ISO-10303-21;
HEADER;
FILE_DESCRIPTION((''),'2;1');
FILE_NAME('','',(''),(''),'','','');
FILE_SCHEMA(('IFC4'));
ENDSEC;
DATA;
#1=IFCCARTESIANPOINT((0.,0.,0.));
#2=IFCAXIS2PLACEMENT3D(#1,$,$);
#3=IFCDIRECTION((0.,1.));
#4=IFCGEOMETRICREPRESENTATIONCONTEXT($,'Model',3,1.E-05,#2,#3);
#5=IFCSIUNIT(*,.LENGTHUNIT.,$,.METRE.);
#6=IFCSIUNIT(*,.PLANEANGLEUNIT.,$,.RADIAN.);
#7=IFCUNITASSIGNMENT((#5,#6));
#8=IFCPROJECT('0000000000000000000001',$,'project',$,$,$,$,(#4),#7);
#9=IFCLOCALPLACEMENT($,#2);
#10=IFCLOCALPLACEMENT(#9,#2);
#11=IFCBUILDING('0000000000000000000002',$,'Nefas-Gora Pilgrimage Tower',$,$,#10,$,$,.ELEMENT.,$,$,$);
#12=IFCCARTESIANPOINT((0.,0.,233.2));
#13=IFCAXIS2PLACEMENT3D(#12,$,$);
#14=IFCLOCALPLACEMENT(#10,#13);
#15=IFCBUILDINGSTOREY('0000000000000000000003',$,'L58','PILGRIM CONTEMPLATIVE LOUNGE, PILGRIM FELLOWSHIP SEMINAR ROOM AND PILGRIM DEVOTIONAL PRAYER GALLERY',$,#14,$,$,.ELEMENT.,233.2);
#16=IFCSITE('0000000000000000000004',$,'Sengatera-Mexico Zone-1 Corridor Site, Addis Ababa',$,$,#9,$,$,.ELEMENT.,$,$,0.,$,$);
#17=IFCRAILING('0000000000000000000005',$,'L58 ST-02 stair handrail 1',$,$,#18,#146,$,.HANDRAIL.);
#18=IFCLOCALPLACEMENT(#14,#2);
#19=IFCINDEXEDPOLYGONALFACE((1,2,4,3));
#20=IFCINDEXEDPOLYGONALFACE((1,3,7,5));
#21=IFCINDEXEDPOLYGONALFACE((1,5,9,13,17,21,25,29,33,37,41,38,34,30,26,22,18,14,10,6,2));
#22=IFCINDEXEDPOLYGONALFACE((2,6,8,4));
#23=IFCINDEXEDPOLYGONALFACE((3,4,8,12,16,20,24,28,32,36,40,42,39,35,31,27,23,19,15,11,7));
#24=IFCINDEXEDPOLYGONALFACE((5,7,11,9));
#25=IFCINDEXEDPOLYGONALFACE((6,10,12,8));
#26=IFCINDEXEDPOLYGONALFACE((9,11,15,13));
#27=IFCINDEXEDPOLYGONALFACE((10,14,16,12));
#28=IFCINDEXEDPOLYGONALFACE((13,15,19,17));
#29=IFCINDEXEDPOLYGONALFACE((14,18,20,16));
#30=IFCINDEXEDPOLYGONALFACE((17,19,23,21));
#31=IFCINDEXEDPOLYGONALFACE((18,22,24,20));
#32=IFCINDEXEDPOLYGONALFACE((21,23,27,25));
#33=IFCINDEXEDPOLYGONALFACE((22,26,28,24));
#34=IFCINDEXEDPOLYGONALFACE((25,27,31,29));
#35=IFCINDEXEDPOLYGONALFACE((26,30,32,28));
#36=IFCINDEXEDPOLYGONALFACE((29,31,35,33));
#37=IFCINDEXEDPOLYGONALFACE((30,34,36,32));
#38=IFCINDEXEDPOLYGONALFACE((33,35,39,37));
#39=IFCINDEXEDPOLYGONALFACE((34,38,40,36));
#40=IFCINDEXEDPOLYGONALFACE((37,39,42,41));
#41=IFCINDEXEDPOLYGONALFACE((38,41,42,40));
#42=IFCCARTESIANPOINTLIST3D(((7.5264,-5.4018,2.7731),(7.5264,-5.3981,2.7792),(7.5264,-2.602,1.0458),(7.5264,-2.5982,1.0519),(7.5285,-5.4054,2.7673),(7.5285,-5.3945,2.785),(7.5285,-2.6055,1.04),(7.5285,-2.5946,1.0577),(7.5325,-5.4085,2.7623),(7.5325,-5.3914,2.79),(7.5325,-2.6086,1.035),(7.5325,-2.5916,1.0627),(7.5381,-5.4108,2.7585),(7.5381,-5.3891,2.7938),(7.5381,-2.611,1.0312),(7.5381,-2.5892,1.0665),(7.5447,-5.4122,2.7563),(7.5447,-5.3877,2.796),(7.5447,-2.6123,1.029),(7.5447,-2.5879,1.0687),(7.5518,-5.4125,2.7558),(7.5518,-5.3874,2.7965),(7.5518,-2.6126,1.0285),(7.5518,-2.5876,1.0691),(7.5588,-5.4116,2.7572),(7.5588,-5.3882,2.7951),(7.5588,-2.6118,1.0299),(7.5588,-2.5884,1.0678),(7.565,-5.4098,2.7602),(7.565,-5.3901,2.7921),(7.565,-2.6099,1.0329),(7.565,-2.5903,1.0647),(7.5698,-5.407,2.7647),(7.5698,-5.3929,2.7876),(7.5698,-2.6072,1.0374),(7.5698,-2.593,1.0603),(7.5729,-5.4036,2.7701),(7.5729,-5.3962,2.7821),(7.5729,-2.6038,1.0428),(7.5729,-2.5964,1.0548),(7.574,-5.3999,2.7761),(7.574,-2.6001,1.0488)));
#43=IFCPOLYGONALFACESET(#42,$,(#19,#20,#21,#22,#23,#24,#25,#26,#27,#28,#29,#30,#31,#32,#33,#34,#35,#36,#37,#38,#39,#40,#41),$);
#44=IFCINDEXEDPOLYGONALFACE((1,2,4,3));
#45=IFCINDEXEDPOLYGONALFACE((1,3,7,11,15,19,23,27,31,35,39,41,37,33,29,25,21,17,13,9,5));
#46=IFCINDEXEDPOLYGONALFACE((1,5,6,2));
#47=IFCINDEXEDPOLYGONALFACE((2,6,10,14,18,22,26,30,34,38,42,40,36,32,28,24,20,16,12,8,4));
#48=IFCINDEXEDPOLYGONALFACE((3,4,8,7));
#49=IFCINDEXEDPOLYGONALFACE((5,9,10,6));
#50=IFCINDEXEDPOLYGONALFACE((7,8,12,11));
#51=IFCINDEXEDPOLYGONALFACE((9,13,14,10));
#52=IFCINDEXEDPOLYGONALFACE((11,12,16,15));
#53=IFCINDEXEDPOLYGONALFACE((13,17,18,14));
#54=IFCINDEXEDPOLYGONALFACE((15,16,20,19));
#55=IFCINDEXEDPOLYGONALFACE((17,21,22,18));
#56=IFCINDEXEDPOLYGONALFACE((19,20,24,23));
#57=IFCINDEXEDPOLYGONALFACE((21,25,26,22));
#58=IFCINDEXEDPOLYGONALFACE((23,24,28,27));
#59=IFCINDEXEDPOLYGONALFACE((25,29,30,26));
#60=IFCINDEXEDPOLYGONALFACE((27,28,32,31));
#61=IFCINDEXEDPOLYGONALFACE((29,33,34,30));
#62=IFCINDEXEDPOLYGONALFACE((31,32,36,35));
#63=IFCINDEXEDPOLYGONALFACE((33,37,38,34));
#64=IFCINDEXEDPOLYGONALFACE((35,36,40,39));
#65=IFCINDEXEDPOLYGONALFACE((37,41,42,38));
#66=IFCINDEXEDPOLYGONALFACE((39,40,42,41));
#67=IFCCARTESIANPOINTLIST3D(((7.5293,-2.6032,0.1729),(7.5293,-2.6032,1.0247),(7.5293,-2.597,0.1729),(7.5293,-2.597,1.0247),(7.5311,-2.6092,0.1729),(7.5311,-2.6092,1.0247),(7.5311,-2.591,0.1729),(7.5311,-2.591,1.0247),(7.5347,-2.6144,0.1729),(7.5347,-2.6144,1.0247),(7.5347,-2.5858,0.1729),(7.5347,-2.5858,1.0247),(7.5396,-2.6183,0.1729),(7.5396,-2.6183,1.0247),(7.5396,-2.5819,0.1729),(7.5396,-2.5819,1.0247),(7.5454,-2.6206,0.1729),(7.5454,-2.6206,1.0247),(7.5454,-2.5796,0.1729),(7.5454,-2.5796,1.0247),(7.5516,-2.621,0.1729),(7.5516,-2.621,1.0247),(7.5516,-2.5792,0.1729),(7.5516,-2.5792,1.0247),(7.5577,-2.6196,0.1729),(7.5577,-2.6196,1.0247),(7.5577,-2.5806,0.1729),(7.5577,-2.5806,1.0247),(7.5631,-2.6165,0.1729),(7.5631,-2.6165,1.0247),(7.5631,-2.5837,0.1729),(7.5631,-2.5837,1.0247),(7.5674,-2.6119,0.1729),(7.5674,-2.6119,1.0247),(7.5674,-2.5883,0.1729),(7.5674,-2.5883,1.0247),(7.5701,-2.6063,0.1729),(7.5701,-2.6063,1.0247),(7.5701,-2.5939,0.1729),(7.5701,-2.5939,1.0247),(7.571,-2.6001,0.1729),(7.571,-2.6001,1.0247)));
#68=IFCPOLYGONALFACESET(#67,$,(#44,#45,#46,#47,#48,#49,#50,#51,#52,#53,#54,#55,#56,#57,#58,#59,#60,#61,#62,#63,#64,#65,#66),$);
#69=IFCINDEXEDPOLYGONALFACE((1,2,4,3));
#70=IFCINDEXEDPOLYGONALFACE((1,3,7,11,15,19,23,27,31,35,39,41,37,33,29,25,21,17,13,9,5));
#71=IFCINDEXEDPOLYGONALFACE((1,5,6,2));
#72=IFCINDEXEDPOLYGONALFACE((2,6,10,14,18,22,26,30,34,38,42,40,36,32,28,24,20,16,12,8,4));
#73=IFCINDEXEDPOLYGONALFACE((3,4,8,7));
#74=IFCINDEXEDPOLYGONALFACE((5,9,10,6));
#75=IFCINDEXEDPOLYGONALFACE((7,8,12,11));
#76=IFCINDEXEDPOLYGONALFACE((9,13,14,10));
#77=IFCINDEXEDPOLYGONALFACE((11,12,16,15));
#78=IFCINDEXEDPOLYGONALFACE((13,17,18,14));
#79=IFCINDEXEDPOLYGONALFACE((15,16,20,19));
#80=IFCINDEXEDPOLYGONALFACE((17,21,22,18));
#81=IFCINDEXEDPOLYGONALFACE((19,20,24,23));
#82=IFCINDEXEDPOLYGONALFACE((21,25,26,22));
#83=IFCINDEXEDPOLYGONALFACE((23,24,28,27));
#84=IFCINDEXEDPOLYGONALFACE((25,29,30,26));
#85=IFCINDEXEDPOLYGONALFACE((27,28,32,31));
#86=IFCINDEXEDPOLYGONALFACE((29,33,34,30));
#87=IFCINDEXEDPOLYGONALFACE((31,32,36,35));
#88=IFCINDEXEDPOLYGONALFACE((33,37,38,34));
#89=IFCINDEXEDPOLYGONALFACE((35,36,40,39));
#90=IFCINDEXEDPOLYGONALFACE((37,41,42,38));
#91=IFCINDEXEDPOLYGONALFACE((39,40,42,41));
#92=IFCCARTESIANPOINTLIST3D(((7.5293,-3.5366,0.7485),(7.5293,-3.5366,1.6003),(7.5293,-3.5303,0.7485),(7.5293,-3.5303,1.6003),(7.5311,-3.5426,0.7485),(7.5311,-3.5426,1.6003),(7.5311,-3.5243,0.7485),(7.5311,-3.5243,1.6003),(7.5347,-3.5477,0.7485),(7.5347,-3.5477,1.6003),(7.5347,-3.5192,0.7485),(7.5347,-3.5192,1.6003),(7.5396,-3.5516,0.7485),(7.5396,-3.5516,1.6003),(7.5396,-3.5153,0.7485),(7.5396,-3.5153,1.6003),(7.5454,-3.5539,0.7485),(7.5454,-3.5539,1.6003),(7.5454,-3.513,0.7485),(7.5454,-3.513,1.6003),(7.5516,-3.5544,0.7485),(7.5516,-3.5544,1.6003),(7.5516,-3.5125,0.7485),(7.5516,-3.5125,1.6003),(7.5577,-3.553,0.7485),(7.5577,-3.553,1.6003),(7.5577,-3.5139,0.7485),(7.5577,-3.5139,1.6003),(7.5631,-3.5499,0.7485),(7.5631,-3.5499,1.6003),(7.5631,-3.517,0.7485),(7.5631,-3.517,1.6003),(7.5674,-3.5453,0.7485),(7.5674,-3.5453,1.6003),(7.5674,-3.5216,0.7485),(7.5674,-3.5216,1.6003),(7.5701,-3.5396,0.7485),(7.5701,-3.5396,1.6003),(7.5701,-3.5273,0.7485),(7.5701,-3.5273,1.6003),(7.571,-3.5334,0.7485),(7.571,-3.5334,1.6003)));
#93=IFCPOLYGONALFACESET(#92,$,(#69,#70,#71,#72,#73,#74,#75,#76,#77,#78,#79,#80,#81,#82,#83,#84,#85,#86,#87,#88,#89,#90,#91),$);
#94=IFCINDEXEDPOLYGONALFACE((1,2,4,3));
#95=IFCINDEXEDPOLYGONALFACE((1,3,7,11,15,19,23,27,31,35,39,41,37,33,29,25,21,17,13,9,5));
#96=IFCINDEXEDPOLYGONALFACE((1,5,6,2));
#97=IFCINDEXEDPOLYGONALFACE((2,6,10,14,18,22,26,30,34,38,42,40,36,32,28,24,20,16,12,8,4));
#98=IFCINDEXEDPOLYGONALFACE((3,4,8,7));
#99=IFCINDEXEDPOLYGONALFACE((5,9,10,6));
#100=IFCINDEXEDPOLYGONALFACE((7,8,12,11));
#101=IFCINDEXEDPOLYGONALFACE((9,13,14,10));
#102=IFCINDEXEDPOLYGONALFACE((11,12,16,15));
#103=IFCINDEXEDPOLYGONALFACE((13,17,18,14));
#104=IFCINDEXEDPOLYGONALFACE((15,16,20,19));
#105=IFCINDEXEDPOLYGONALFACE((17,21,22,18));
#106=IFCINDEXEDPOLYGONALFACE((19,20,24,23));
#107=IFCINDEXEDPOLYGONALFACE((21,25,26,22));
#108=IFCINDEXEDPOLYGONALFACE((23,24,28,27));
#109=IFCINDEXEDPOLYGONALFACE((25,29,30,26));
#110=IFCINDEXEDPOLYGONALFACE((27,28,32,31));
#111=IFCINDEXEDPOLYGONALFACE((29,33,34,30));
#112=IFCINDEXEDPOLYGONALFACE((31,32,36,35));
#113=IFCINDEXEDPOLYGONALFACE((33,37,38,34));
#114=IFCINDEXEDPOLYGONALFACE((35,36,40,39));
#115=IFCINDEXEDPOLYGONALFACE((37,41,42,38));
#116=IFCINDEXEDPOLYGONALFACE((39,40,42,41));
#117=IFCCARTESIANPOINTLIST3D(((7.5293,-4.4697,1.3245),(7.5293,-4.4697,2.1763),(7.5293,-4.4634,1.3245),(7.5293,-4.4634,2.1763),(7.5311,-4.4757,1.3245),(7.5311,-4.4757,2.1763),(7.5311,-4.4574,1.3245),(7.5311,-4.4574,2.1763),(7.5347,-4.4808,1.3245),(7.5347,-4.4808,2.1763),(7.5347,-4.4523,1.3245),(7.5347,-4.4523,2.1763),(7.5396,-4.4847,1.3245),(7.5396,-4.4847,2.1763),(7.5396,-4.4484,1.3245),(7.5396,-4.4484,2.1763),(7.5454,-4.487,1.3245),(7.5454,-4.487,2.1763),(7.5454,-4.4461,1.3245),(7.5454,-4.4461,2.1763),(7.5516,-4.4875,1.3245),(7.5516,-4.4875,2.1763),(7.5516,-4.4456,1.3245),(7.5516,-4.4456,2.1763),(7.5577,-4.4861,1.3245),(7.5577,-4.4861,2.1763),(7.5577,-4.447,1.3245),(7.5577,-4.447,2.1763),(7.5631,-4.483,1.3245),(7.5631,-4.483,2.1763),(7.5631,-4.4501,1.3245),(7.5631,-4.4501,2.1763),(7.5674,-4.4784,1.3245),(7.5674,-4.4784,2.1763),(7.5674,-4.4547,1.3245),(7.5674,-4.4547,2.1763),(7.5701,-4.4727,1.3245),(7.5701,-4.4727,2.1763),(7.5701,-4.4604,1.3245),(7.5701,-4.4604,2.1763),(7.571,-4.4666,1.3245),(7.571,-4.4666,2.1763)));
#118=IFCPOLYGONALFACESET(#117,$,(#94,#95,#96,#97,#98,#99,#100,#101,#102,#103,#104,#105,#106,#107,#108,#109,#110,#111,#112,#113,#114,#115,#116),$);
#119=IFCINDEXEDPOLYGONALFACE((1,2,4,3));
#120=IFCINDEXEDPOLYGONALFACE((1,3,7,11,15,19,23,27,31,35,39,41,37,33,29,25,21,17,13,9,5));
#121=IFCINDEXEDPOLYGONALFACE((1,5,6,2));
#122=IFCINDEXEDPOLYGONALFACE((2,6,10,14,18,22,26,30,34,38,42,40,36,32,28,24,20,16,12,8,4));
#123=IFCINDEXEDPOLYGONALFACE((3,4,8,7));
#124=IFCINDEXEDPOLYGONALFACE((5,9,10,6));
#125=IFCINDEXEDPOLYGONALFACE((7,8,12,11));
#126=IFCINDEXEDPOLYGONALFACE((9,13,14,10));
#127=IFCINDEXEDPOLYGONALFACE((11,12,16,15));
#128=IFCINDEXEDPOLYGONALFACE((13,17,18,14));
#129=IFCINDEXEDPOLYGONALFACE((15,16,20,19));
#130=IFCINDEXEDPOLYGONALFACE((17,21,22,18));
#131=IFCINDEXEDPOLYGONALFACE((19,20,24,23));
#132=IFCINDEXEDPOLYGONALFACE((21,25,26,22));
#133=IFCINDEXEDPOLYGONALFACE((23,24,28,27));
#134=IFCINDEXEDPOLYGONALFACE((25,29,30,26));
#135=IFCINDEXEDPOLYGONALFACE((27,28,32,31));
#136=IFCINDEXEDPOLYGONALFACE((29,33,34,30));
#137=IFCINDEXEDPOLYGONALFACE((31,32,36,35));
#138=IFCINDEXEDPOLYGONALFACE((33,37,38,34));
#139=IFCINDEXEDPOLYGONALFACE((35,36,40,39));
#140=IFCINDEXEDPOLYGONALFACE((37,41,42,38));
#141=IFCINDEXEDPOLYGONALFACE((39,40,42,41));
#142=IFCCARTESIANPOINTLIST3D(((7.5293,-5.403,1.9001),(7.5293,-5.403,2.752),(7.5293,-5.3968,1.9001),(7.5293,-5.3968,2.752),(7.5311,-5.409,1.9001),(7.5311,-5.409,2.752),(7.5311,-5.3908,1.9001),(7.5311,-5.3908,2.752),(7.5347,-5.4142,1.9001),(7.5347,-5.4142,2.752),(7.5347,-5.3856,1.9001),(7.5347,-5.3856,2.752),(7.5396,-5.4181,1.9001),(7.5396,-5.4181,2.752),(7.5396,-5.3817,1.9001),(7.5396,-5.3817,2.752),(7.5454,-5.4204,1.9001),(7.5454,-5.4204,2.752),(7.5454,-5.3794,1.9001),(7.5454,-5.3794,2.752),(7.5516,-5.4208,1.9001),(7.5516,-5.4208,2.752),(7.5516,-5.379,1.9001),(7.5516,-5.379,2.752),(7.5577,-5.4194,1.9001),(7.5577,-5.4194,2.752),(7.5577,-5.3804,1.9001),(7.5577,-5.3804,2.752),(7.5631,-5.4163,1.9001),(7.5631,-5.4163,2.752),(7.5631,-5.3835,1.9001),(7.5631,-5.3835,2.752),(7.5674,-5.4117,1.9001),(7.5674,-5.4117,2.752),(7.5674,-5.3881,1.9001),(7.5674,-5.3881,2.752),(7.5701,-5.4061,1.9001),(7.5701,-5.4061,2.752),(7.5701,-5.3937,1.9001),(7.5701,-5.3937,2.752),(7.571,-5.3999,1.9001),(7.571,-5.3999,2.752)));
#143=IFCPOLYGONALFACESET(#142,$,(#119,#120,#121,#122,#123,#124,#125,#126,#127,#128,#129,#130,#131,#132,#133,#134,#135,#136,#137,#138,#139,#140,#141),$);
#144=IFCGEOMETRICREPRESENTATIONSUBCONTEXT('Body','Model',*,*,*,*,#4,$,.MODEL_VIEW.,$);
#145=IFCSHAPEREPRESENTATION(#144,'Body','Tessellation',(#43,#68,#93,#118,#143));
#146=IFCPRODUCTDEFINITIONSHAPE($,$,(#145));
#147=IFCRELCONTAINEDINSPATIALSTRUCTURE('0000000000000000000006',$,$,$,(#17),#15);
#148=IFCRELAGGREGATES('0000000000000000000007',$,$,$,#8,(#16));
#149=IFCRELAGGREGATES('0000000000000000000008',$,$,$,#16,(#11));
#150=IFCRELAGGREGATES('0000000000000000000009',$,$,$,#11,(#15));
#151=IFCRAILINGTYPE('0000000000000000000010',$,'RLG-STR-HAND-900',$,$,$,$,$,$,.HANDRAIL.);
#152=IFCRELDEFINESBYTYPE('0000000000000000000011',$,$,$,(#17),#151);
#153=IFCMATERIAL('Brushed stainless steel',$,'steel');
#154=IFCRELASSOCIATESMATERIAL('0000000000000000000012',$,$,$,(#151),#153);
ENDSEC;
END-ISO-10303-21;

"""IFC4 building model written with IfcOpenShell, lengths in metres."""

from ifc_helpers import new_model, si_unit, direction, frame, origin, origin_2d, place, context, subcontext, project, spatial, circle, extrude, material, type_object, element, save


model = new_model("IFC4")

# Units and contexts
model_context = context("Model", 3, precision=1e-05, world=origin(), true_north=direction((0.0, 1.0)))
body_context = subcontext(model_context, "Body", "Model", "MODEL_VIEW")
ifc_project = project(units=[si_unit("LENGTHUNIT", "METRE"), si_unit("PLANEANGLEUNIT", "RADIAN")], contexts=[model_context])

# Site, building, storey
site_placement = place(None, origin())
site = spatial("IfcSite", under=ifc_project, at=site_placement, Name="Sengatera-Mexico Zone-1 Corridor Site, Addis Ababa", CompositionType="ELEMENT", RefElevation=0.0)
building_placement = place(site_placement, origin())
building = spatial("IfcBuilding", under=site, at=building_placement, Name="Nefas-Gora Pilgrimage Tower", CompositionType="ELEMENT")
storey_placement = place(building_placement, frame((0.0, 0.0, 233.2)))
storey = spatial("IfcBuildingStorey", under=building, at=storey_placement, Name="L58", Description="PILGRIM CONTEMPLATIVE LOUNGE, PILGRIM FELLOWSHIP SEMINAR ROOM AND PILGRIM DEVOTIONAL PRAYER GALLERY", CompositionType="ELEMENT", Elevation=233.2)

# Railing
ifc_material_1 = material(Name="Brushed stainless steel", Category="steel")
railing_type_1 = type_object("IfcRailingType", Name="RLG-STR-HAND-900", PredefinedType="HANDRAIL", material=ifc_material_1)
railing_1_placement = place(storey_placement, frame((7.55, -2.6001, 0.1729)))
element("IfcRailing", 1, at=railing_1_placement, inside=storey, type_object=railing_type_1, Name="L58 ST-02 stair handrail 1", PredefinedType="HANDRAIL", context=body_context, shape_type="SweptSolid", body=[
    extrude(circle(Radius=0.0239, at=origin_2d()), frame((0.0, 0.0, 0.876), z_axis=(0.0, -0.851069, 0.525054), x_axis=(1.0, 0.0, 0.0)), (0.0, 0.0, 1.0), 3.2898),
    extrude(circle(Radius=0.021, at=origin_2d()), origin(), (0.0, 0.0, 1.0), 0.8518),
    extrude(circle(Radius=0.021, at=origin_2d()), frame((0.0, -0.9333, 0.5757)), (0.0, 0.0, 1.0), 0.8518),
    extrude(circle(Radius=0.021, at=origin_2d()), frame((0.0, -1.8665, 1.1516)), (0.0, 0.0, 1.0), 0.8518),
    extrude(circle(Radius=0.021, at=origin_2d()), frame((0.0, -2.7998, 1.7273)), (0.0, 0.0, 1.0), 0.8518),
])

save(model, "model.ifc")
